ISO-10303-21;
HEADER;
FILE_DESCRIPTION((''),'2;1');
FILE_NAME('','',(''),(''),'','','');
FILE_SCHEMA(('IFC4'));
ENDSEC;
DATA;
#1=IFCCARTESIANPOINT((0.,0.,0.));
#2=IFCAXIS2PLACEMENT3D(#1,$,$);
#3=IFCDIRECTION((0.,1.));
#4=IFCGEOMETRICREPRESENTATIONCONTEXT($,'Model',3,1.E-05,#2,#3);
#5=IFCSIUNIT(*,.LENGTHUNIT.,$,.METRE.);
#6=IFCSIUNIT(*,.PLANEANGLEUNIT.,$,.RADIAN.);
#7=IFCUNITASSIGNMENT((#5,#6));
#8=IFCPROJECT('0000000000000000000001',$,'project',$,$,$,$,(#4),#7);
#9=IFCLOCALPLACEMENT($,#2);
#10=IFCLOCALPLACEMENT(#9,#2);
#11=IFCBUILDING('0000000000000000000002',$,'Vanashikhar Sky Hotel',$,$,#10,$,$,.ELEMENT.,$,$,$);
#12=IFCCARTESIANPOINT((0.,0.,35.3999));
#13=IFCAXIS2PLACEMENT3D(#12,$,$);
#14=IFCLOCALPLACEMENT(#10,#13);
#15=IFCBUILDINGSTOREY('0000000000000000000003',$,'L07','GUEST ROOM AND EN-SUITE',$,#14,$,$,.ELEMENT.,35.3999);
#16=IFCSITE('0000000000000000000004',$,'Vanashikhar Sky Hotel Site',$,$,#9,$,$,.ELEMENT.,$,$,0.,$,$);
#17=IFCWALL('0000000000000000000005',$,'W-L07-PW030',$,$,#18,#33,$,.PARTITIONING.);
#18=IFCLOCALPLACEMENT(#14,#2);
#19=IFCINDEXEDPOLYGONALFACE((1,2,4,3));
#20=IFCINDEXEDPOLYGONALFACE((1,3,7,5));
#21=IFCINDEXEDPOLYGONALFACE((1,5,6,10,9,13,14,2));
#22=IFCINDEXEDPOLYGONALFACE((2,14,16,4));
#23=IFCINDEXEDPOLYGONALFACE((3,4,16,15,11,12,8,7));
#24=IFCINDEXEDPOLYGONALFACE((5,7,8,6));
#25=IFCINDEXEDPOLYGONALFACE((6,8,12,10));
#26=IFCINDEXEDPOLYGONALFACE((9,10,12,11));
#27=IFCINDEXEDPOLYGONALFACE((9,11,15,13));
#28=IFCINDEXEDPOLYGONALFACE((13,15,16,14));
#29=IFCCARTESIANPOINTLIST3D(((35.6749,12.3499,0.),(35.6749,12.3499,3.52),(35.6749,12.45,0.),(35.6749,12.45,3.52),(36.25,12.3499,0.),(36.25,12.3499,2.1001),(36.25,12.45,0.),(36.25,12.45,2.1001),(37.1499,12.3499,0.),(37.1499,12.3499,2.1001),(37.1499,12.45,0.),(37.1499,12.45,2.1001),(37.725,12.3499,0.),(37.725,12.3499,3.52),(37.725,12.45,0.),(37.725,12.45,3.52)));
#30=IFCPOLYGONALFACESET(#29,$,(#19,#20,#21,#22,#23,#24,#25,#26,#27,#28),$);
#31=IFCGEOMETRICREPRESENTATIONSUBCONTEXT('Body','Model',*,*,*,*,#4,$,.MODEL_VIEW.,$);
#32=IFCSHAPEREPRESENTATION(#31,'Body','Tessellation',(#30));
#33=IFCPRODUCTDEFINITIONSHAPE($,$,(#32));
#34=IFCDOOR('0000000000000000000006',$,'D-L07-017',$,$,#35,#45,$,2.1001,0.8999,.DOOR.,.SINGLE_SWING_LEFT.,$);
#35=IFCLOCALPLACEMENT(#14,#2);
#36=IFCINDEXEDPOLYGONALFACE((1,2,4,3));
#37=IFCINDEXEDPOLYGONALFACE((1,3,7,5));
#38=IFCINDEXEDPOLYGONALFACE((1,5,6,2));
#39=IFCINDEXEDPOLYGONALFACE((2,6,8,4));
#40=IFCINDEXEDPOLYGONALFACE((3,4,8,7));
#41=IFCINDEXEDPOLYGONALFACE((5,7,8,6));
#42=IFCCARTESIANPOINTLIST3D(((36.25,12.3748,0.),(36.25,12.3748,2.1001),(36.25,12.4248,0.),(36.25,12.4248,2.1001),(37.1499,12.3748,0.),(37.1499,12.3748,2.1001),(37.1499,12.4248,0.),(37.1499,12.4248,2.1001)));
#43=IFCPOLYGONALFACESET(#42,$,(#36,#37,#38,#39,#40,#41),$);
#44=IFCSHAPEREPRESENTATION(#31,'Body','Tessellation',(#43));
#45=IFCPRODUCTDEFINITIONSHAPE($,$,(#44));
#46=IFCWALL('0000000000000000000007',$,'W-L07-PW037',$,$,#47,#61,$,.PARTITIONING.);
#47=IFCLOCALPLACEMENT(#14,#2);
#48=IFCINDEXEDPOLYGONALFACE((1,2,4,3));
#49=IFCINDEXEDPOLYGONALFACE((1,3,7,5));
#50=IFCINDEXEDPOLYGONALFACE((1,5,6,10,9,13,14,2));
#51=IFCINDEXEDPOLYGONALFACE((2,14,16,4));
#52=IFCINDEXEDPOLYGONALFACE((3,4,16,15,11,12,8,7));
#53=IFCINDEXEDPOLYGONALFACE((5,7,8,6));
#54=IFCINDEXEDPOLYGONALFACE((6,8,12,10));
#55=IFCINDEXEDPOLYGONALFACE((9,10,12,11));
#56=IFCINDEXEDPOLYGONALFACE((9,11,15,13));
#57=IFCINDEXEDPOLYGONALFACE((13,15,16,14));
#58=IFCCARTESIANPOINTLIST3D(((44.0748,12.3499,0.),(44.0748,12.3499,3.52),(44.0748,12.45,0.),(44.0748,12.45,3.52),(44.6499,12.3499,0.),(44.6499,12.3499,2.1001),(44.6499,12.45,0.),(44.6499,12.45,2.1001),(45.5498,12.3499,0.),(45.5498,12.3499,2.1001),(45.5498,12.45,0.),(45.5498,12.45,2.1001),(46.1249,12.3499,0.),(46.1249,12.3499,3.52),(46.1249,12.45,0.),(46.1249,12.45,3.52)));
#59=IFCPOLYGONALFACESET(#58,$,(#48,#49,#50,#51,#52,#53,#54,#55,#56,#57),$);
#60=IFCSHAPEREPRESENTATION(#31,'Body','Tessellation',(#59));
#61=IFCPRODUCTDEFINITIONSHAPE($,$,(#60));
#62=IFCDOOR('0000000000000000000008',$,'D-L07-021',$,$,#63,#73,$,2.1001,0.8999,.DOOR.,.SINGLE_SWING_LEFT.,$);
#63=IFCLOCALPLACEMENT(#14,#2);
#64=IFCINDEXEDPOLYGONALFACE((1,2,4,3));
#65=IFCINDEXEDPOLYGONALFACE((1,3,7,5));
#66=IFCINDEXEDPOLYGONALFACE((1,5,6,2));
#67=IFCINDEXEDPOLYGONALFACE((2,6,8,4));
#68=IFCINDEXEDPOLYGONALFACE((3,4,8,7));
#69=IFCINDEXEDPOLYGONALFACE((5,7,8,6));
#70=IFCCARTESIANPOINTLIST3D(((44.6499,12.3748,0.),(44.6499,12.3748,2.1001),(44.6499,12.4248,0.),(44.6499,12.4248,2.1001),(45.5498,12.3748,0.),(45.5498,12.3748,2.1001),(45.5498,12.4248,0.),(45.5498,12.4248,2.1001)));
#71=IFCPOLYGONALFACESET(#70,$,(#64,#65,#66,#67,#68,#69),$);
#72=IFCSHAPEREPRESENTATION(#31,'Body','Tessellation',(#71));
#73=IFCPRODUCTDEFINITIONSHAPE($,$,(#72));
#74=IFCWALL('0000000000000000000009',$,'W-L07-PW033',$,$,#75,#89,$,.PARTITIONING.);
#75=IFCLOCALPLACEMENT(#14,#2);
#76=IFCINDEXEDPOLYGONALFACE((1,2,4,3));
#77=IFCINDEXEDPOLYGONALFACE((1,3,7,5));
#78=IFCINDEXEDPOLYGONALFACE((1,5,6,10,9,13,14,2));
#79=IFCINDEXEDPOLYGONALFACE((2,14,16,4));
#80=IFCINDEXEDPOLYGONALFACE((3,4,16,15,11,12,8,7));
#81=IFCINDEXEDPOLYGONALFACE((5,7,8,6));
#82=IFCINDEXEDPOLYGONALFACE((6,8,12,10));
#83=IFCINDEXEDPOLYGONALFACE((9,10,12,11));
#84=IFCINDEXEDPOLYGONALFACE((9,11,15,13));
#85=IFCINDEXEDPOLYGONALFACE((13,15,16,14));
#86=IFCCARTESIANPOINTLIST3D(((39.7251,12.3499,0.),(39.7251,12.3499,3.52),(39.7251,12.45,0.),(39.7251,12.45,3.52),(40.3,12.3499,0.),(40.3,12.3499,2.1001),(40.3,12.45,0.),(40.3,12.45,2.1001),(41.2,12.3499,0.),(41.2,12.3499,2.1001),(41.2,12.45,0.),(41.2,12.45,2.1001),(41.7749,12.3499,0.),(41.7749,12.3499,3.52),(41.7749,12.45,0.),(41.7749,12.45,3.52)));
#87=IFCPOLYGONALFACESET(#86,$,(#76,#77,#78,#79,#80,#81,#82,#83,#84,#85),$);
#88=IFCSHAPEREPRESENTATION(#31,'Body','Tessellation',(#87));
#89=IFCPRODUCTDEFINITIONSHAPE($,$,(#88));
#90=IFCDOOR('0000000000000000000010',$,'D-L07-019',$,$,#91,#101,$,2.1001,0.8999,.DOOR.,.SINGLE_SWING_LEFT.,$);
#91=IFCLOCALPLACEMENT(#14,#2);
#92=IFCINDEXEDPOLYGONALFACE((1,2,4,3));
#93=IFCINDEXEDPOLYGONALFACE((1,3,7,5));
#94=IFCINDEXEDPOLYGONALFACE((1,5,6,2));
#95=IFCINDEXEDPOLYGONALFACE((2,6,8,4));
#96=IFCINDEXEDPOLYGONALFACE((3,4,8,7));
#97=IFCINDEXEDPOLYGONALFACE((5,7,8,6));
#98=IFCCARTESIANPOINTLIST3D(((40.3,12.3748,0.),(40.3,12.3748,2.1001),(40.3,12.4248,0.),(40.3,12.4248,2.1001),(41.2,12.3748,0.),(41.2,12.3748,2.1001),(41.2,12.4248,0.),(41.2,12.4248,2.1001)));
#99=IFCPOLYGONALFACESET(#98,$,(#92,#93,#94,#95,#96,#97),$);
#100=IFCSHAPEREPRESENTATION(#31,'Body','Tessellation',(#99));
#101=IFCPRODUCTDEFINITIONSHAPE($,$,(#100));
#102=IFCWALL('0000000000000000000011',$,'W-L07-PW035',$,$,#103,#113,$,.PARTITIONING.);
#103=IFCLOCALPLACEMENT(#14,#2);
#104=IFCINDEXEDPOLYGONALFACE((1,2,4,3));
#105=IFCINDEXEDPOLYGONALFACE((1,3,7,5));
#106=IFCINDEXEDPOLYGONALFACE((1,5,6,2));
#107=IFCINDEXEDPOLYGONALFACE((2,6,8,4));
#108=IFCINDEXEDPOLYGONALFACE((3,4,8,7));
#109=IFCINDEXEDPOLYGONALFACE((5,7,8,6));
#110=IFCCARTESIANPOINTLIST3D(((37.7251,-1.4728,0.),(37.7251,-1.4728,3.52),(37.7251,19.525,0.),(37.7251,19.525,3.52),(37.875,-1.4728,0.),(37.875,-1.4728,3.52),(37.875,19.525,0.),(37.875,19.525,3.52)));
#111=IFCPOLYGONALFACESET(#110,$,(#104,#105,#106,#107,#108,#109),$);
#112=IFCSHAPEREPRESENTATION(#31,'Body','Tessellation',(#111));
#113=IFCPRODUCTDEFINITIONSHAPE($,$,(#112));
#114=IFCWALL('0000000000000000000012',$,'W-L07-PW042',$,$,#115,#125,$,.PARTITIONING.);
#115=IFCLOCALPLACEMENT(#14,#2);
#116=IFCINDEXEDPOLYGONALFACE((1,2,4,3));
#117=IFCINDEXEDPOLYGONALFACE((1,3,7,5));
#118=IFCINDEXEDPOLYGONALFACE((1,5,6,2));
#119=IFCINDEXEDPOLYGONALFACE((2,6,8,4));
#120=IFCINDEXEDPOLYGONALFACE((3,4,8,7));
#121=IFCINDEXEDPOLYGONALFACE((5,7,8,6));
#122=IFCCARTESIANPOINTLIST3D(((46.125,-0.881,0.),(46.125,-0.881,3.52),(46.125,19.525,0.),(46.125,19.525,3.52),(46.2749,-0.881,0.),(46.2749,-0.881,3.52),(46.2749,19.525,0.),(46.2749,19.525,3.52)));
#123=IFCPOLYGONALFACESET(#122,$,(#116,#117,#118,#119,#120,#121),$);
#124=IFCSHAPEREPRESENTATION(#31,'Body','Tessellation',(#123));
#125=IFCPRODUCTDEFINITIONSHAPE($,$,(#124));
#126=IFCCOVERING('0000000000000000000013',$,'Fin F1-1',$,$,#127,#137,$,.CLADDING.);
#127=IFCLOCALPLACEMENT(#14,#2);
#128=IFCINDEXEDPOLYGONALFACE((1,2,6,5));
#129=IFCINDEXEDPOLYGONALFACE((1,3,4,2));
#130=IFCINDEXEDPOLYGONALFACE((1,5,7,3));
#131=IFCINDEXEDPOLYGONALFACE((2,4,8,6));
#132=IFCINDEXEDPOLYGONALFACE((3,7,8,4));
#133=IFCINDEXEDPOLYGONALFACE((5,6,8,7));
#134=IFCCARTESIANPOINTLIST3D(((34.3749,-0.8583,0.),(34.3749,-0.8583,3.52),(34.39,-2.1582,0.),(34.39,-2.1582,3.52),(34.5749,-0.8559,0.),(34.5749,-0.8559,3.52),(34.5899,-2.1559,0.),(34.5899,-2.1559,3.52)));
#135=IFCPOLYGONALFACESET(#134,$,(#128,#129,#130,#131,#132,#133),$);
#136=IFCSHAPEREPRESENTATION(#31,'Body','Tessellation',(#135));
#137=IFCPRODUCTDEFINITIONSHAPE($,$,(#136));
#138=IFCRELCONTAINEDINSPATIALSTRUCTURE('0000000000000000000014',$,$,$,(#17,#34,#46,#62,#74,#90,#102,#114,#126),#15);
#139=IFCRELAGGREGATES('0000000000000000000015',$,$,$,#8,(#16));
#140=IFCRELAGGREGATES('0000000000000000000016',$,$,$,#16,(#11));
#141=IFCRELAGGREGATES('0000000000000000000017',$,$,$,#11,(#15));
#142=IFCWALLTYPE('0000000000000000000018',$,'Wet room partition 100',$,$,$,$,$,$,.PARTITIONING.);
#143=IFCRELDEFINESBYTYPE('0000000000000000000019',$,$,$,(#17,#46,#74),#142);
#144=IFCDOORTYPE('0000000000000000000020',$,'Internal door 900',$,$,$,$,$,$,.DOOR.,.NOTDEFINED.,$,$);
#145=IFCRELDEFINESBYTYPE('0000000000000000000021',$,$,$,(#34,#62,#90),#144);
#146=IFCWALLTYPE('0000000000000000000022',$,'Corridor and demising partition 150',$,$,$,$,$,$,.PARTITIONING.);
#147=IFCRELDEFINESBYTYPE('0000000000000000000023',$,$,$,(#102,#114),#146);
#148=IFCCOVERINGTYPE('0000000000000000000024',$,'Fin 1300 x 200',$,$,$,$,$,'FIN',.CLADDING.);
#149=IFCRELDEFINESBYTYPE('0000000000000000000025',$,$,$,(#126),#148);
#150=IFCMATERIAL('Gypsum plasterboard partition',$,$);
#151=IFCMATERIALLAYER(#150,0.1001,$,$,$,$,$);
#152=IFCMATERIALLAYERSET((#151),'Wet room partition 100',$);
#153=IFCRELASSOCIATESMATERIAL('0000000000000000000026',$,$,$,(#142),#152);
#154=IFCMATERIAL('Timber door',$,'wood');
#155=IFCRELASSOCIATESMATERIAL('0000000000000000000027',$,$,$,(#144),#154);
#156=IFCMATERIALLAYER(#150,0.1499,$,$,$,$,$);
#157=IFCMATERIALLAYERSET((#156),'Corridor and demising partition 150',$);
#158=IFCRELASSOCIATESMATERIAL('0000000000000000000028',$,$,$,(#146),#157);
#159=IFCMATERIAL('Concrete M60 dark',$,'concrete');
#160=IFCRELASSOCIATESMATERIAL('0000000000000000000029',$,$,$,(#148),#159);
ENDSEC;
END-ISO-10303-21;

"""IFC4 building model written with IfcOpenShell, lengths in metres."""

from ifc_helpers import new_model, si_unit, direction, frame, frame_2d, origin, origin_2d, place, context, subcontext, project, spatial, rectangle, extrude, source, transform, mapped, material, layer, layer_set, material_profile, profile_set, type_object, element, fill, save


model = new_model("IFC4")

# Units and contexts
model_context = context("Model", 3, precision=1e-05, world=origin(), true_north=direction((0.0, 1.0)))
body_context = subcontext(model_context, "Body", "Model", "MODEL_VIEW")
ifc_project = project(units=[si_unit("LENGTHUNIT", "METRE"), si_unit("PLANEANGLEUNIT", "RADIAN")], contexts=[model_context])

# Site, building, storey
site_placement = place(None, origin())
site = spatial("IfcSite", under=ifc_project, at=site_placement, Name="Vanashikhar Sky Hotel Site", CompositionType="ELEMENT", RefElevation=0.0)
building_placement = place(site_placement, origin())
building = spatial("IfcBuilding", under=site, at=building_placement, Name="Vanashikhar Sky Hotel", CompositionType="ELEMENT")
storey_placement = place(building_placement, frame((0.0, 0.0, 35.3999)))
storey = spatial("IfcBuildingStorey", under=building, at=storey_placement, Name="L07", Description="GUEST ROOM AND EN-SUITE", CompositionType="ELEMENT", Elevation=35.3999)

# Shared definitions
ifc_material_1 = material(Name="Gypsum plasterboard partition")
ifc_layer_1 = layer(ifc_material_1, 0.1001)
ifc_layer_set_1 = layer_set([ifc_layer_1], Name="Wet room partition 100")
wall_type_1 = type_object("IfcWallType", Name="Wet room partition 100", PredefinedType="PARTITIONING", material=ifc_layer_set_1)

# Walls, openings, doors
shared_shape_1 = source(origin(), body_context, "Body", "SweptSolid", [
    extrude(rectangle(XDim=2.05, YDim=0.1001, at=frame_2d((1.0249, 0.0))), origin(), (0.0, 0.0, 1.0), 3.52),
])
shared_shape_2 = source(origin(), body_context, "Body", "SweptSolid", [
    extrude(rectangle(XDim=0.8999, YDim=2.1001, at=frame_2d((0.45, 1.05))), frame((0.0, 0.0601, 0.0), z_axis=(0.0, -1.0, 0.0), x_axis=(1.0, 0.0, 0.0)), (0.0, 0.0, 1.0), 0.1201),
])
ifc_material_2 = material(Name="Timber door", Category="wood")
door_type = type_object("IfcDoorType", Name="Internal door 900", OperationType="NOTDEFINED", PredefinedType="DOOR", material=ifc_material_2)
shared_shape_3 = source(origin(), body_context, "Body", "SweptSolid", [
    extrude(rectangle(XDim=0.8999, YDim=2.1001, at=frame_2d((0.45, 1.05))), frame((0.0, 0.0249, 0.0), z_axis=(0.0, -1.0, 0.0), x_axis=(1.0, 0.0, 0.0)), (0.0, 0.0, 1.0), 0.05),
])
wall_1_placement = place(storey_placement, frame((35.675, 12.3999, 0.0), z_axis=(0.0, 0.0, 1.0), x_axis=(1.0, 0.0, 0.0)))
wall_1 = element("IfcWall", 1, at=wall_1_placement, inside=storey, type_object=wall_type_1, Name="W-L07-PW030", PredefinedType="PARTITIONING", context=body_context, shape_type="MappedRepresentation", body=[
    mapped(shared_shape_1, transform((0.0, 0.0, 0.0), scale=1.0)),
])
opening_1_placement = place(wall_1_placement, frame((0.575, 0.0, 0.0)))
opening_1 = element("IfcOpeningElement", 2, at=opening_1_placement, cuts=wall_1, PredefinedType="OPENING", context=body_context, shape_type="MappedRepresentation", body=[
    mapped(shared_shape_2, transform((0.0, 0.0, 0.0), scale=1.0)),
])
door_1_placement = place(opening_1_placement, origin())
door_1 = element("IfcDoor", 3, at=door_1_placement, inside=storey, type_object=door_type, Name="D-L07-017", OperationType="SINGLE_SWING_LEFT", OverallHeight=2.1001, OverallWidth=0.8999, PredefinedType="DOOR", context=body_context, shape_type="MappedRepresentation", body=[
    mapped(shared_shape_3, transform((0.0, 0.0, 0.0), scale=1.0)),
])
fill(opening_1, door_1)
wall_2_placement = place(storey_placement, frame((44.075, 12.3999, 0.0), z_axis=(0.0, 0.0, 1.0), x_axis=(1.0, 0.0, 0.0)))
wall_2 = element("IfcWall", 4, at=wall_2_placement, inside=storey, type_object=wall_type_1, Name="W-L07-PW037", PredefinedType="PARTITIONING", context=body_context, shape_type="MappedRepresentation", body=[
    mapped(shared_shape_1, transform((0.0, 0.0, 0.0), scale=1.0)),
])
opening_2_placement = place(wall_2_placement, frame((0.575, 0.0, 0.0)))
opening_2 = element("IfcOpeningElement", 5, at=opening_2_placement, cuts=wall_2, PredefinedType="OPENING", context=body_context, shape_type="MappedRepresentation", body=[
    mapped(shared_shape_2, transform((0.0, 0.0, 0.0), scale=1.0)),
])
door_2_placement = place(opening_2_placement, origin())
door_2 = element("IfcDoor", 6, at=door_2_placement, inside=storey, type_object=door_type, Name="D-L07-021", OperationType="SINGLE_SWING_LEFT", OverallHeight=2.1001, OverallWidth=0.8999, PredefinedType="DOOR", context=body_context, shape_type="MappedRepresentation", body=[
    mapped(shared_shape_3, transform((0.0, 0.0, 0.0), scale=1.0)),
])
fill(opening_2, door_2)
shared_shape_4 = source(origin(), body_context, "Body", "SweptSolid", [
    extrude(rectangle(XDim=2.0498, YDim=0.1001, at=frame_2d((1.0249, 0.0))), origin(), (0.0, 0.0, 1.0), 3.52),
])
wall_3_placement = place(storey_placement, frame((39.7251, 12.3999, 0.0), z_axis=(0.0, 0.0, 1.0), x_axis=(1.0, 0.0, 0.0)))
wall_3 = element("IfcWall", 7, at=wall_3_placement, inside=storey, type_object=wall_type_1, Name="W-L07-PW033", PredefinedType="PARTITIONING", context=body_context, shape_type="MappedRepresentation", body=[
    mapped(shared_shape_4, transform((0.0, 0.0, 0.0), scale=1.0)),
])
opening_3_placement = place(wall_3_placement, frame((0.575, 0.0, 0.0)))
opening_3 = element("IfcOpeningElement", 8, at=opening_3_placement, cuts=wall_3, PredefinedType="OPENING", context=body_context, shape_type="MappedRepresentation", body=[
    mapped(shared_shape_2, transform((0.0, 0.0, 0.0), scale=1.0)),
])
door_3_placement = place(opening_3_placement, origin())
door_3 = element("IfcDoor", 9, at=door_3_placement, inside=storey, type_object=door_type, Name="D-L07-019", OperationType="SINGLE_SWING_LEFT", OverallHeight=2.1001, OverallWidth=0.8999, PredefinedType="DOOR", context=body_context, shape_type="MappedRepresentation", body=[
    mapped(shared_shape_3, transform((0.0, 0.0, 0.0), scale=1.0)),
])
fill(opening_3, door_3)

# Walls
ifc_layer_2 = layer(ifc_material_1, 0.1499)
ifc_layer_set_2 = layer_set([ifc_layer_2], Name="Corridor and demising partition 150")
wall_type_2 = type_object("IfcWallType", Name="Corridor and demising partition 150", PredefinedType="PARTITIONING", material=ifc_layer_set_2)
shared_shape_5 = source(origin(), body_context, "Body", "SweptSolid", [
    extrude(rectangle(XDim=20.9978, YDim=0.1499, at=frame_2d((10.499, 0.0))), origin(), (0.0, 0.0, 1.0), 3.52),
])
wall_4_placement = place(storey_placement, frame((37.8, -1.4729, 0.0), z_axis=(0.0, 0.0, 1.0), x_axis=(0.0, 1.0, 0.0)))
element("IfcWall", 10, at=wall_4_placement, inside=storey, type_object=wall_type_2, Name="W-L07-PW035", PredefinedType="PARTITIONING", context=body_context, shape_type="MappedRepresentation", body=[
    mapped(shared_shape_5, transform((0.0, 0.0, 0.0), scale=1.0)),
])
shared_shape_6 = source(origin(), body_context, "Body", "SweptSolid", [
    extrude(rectangle(XDim=20.406, YDim=0.1499, at=frame_2d((10.2031, 0.0))), origin(), (0.0, 0.0, 1.0), 3.52),
])
wall_5_placement = place(storey_placement, frame((46.2, -0.8811, 0.0), z_axis=(0.0, 0.0, 1.0), x_axis=(0.0, 1.0, 0.0)))
element("IfcWall", 11, at=wall_5_placement, inside=storey, type_object=wall_type_2, Name="W-L07-PW042", PredefinedType="PARTITIONING", context=body_context, shape_type="MappedRepresentation", body=[
    mapped(shared_shape_6, transform((0.0, 0.0, 0.0), scale=1.0)),
])

# Covering
ifc_material_3 = material(Name="Concrete M60 dark", Category="concrete")
ifc_material_profile = material_profile(ifc_material_3, rectangle(XDim=1.3, YDim=0.2, at=origin_2d()))
ifc_profile_set = profile_set([ifc_material_profile], Name="Fin 1300 x 200")
covering_type = type_object("IfcCoveringType", Name="Fin 1300 x 200", ElementType="FIN", PredefinedType="CLADDING", material=ifc_profile_set)
shared_shape_7 = source(origin(), body_context, "Body", "SweptSolid", [
    extrude(rectangle(XDim=1.3, YDim=0.2, at=origin_2d()), origin(), (0.0, 0.0, 1.0), 3.52),
])
covering_placement = place(storey_placement, frame((34.4824, -1.5071, 0.0), z_axis=(0.0, 0.0, 1.0), x_axis=(0.011589, -0.999933, 0.0)))
element("IfcCovering", 12, at=covering_placement, inside=storey, type_object=covering_type, Name="Fin F1-1", PredefinedType="CLADDING", context=body_context, shape_type="MappedRepresentation", body=[
    mapped(shared_shape_7, transform((0.0, 0.0, 0.0), scale=1.0)),
])

save(model, "model.ifc")
